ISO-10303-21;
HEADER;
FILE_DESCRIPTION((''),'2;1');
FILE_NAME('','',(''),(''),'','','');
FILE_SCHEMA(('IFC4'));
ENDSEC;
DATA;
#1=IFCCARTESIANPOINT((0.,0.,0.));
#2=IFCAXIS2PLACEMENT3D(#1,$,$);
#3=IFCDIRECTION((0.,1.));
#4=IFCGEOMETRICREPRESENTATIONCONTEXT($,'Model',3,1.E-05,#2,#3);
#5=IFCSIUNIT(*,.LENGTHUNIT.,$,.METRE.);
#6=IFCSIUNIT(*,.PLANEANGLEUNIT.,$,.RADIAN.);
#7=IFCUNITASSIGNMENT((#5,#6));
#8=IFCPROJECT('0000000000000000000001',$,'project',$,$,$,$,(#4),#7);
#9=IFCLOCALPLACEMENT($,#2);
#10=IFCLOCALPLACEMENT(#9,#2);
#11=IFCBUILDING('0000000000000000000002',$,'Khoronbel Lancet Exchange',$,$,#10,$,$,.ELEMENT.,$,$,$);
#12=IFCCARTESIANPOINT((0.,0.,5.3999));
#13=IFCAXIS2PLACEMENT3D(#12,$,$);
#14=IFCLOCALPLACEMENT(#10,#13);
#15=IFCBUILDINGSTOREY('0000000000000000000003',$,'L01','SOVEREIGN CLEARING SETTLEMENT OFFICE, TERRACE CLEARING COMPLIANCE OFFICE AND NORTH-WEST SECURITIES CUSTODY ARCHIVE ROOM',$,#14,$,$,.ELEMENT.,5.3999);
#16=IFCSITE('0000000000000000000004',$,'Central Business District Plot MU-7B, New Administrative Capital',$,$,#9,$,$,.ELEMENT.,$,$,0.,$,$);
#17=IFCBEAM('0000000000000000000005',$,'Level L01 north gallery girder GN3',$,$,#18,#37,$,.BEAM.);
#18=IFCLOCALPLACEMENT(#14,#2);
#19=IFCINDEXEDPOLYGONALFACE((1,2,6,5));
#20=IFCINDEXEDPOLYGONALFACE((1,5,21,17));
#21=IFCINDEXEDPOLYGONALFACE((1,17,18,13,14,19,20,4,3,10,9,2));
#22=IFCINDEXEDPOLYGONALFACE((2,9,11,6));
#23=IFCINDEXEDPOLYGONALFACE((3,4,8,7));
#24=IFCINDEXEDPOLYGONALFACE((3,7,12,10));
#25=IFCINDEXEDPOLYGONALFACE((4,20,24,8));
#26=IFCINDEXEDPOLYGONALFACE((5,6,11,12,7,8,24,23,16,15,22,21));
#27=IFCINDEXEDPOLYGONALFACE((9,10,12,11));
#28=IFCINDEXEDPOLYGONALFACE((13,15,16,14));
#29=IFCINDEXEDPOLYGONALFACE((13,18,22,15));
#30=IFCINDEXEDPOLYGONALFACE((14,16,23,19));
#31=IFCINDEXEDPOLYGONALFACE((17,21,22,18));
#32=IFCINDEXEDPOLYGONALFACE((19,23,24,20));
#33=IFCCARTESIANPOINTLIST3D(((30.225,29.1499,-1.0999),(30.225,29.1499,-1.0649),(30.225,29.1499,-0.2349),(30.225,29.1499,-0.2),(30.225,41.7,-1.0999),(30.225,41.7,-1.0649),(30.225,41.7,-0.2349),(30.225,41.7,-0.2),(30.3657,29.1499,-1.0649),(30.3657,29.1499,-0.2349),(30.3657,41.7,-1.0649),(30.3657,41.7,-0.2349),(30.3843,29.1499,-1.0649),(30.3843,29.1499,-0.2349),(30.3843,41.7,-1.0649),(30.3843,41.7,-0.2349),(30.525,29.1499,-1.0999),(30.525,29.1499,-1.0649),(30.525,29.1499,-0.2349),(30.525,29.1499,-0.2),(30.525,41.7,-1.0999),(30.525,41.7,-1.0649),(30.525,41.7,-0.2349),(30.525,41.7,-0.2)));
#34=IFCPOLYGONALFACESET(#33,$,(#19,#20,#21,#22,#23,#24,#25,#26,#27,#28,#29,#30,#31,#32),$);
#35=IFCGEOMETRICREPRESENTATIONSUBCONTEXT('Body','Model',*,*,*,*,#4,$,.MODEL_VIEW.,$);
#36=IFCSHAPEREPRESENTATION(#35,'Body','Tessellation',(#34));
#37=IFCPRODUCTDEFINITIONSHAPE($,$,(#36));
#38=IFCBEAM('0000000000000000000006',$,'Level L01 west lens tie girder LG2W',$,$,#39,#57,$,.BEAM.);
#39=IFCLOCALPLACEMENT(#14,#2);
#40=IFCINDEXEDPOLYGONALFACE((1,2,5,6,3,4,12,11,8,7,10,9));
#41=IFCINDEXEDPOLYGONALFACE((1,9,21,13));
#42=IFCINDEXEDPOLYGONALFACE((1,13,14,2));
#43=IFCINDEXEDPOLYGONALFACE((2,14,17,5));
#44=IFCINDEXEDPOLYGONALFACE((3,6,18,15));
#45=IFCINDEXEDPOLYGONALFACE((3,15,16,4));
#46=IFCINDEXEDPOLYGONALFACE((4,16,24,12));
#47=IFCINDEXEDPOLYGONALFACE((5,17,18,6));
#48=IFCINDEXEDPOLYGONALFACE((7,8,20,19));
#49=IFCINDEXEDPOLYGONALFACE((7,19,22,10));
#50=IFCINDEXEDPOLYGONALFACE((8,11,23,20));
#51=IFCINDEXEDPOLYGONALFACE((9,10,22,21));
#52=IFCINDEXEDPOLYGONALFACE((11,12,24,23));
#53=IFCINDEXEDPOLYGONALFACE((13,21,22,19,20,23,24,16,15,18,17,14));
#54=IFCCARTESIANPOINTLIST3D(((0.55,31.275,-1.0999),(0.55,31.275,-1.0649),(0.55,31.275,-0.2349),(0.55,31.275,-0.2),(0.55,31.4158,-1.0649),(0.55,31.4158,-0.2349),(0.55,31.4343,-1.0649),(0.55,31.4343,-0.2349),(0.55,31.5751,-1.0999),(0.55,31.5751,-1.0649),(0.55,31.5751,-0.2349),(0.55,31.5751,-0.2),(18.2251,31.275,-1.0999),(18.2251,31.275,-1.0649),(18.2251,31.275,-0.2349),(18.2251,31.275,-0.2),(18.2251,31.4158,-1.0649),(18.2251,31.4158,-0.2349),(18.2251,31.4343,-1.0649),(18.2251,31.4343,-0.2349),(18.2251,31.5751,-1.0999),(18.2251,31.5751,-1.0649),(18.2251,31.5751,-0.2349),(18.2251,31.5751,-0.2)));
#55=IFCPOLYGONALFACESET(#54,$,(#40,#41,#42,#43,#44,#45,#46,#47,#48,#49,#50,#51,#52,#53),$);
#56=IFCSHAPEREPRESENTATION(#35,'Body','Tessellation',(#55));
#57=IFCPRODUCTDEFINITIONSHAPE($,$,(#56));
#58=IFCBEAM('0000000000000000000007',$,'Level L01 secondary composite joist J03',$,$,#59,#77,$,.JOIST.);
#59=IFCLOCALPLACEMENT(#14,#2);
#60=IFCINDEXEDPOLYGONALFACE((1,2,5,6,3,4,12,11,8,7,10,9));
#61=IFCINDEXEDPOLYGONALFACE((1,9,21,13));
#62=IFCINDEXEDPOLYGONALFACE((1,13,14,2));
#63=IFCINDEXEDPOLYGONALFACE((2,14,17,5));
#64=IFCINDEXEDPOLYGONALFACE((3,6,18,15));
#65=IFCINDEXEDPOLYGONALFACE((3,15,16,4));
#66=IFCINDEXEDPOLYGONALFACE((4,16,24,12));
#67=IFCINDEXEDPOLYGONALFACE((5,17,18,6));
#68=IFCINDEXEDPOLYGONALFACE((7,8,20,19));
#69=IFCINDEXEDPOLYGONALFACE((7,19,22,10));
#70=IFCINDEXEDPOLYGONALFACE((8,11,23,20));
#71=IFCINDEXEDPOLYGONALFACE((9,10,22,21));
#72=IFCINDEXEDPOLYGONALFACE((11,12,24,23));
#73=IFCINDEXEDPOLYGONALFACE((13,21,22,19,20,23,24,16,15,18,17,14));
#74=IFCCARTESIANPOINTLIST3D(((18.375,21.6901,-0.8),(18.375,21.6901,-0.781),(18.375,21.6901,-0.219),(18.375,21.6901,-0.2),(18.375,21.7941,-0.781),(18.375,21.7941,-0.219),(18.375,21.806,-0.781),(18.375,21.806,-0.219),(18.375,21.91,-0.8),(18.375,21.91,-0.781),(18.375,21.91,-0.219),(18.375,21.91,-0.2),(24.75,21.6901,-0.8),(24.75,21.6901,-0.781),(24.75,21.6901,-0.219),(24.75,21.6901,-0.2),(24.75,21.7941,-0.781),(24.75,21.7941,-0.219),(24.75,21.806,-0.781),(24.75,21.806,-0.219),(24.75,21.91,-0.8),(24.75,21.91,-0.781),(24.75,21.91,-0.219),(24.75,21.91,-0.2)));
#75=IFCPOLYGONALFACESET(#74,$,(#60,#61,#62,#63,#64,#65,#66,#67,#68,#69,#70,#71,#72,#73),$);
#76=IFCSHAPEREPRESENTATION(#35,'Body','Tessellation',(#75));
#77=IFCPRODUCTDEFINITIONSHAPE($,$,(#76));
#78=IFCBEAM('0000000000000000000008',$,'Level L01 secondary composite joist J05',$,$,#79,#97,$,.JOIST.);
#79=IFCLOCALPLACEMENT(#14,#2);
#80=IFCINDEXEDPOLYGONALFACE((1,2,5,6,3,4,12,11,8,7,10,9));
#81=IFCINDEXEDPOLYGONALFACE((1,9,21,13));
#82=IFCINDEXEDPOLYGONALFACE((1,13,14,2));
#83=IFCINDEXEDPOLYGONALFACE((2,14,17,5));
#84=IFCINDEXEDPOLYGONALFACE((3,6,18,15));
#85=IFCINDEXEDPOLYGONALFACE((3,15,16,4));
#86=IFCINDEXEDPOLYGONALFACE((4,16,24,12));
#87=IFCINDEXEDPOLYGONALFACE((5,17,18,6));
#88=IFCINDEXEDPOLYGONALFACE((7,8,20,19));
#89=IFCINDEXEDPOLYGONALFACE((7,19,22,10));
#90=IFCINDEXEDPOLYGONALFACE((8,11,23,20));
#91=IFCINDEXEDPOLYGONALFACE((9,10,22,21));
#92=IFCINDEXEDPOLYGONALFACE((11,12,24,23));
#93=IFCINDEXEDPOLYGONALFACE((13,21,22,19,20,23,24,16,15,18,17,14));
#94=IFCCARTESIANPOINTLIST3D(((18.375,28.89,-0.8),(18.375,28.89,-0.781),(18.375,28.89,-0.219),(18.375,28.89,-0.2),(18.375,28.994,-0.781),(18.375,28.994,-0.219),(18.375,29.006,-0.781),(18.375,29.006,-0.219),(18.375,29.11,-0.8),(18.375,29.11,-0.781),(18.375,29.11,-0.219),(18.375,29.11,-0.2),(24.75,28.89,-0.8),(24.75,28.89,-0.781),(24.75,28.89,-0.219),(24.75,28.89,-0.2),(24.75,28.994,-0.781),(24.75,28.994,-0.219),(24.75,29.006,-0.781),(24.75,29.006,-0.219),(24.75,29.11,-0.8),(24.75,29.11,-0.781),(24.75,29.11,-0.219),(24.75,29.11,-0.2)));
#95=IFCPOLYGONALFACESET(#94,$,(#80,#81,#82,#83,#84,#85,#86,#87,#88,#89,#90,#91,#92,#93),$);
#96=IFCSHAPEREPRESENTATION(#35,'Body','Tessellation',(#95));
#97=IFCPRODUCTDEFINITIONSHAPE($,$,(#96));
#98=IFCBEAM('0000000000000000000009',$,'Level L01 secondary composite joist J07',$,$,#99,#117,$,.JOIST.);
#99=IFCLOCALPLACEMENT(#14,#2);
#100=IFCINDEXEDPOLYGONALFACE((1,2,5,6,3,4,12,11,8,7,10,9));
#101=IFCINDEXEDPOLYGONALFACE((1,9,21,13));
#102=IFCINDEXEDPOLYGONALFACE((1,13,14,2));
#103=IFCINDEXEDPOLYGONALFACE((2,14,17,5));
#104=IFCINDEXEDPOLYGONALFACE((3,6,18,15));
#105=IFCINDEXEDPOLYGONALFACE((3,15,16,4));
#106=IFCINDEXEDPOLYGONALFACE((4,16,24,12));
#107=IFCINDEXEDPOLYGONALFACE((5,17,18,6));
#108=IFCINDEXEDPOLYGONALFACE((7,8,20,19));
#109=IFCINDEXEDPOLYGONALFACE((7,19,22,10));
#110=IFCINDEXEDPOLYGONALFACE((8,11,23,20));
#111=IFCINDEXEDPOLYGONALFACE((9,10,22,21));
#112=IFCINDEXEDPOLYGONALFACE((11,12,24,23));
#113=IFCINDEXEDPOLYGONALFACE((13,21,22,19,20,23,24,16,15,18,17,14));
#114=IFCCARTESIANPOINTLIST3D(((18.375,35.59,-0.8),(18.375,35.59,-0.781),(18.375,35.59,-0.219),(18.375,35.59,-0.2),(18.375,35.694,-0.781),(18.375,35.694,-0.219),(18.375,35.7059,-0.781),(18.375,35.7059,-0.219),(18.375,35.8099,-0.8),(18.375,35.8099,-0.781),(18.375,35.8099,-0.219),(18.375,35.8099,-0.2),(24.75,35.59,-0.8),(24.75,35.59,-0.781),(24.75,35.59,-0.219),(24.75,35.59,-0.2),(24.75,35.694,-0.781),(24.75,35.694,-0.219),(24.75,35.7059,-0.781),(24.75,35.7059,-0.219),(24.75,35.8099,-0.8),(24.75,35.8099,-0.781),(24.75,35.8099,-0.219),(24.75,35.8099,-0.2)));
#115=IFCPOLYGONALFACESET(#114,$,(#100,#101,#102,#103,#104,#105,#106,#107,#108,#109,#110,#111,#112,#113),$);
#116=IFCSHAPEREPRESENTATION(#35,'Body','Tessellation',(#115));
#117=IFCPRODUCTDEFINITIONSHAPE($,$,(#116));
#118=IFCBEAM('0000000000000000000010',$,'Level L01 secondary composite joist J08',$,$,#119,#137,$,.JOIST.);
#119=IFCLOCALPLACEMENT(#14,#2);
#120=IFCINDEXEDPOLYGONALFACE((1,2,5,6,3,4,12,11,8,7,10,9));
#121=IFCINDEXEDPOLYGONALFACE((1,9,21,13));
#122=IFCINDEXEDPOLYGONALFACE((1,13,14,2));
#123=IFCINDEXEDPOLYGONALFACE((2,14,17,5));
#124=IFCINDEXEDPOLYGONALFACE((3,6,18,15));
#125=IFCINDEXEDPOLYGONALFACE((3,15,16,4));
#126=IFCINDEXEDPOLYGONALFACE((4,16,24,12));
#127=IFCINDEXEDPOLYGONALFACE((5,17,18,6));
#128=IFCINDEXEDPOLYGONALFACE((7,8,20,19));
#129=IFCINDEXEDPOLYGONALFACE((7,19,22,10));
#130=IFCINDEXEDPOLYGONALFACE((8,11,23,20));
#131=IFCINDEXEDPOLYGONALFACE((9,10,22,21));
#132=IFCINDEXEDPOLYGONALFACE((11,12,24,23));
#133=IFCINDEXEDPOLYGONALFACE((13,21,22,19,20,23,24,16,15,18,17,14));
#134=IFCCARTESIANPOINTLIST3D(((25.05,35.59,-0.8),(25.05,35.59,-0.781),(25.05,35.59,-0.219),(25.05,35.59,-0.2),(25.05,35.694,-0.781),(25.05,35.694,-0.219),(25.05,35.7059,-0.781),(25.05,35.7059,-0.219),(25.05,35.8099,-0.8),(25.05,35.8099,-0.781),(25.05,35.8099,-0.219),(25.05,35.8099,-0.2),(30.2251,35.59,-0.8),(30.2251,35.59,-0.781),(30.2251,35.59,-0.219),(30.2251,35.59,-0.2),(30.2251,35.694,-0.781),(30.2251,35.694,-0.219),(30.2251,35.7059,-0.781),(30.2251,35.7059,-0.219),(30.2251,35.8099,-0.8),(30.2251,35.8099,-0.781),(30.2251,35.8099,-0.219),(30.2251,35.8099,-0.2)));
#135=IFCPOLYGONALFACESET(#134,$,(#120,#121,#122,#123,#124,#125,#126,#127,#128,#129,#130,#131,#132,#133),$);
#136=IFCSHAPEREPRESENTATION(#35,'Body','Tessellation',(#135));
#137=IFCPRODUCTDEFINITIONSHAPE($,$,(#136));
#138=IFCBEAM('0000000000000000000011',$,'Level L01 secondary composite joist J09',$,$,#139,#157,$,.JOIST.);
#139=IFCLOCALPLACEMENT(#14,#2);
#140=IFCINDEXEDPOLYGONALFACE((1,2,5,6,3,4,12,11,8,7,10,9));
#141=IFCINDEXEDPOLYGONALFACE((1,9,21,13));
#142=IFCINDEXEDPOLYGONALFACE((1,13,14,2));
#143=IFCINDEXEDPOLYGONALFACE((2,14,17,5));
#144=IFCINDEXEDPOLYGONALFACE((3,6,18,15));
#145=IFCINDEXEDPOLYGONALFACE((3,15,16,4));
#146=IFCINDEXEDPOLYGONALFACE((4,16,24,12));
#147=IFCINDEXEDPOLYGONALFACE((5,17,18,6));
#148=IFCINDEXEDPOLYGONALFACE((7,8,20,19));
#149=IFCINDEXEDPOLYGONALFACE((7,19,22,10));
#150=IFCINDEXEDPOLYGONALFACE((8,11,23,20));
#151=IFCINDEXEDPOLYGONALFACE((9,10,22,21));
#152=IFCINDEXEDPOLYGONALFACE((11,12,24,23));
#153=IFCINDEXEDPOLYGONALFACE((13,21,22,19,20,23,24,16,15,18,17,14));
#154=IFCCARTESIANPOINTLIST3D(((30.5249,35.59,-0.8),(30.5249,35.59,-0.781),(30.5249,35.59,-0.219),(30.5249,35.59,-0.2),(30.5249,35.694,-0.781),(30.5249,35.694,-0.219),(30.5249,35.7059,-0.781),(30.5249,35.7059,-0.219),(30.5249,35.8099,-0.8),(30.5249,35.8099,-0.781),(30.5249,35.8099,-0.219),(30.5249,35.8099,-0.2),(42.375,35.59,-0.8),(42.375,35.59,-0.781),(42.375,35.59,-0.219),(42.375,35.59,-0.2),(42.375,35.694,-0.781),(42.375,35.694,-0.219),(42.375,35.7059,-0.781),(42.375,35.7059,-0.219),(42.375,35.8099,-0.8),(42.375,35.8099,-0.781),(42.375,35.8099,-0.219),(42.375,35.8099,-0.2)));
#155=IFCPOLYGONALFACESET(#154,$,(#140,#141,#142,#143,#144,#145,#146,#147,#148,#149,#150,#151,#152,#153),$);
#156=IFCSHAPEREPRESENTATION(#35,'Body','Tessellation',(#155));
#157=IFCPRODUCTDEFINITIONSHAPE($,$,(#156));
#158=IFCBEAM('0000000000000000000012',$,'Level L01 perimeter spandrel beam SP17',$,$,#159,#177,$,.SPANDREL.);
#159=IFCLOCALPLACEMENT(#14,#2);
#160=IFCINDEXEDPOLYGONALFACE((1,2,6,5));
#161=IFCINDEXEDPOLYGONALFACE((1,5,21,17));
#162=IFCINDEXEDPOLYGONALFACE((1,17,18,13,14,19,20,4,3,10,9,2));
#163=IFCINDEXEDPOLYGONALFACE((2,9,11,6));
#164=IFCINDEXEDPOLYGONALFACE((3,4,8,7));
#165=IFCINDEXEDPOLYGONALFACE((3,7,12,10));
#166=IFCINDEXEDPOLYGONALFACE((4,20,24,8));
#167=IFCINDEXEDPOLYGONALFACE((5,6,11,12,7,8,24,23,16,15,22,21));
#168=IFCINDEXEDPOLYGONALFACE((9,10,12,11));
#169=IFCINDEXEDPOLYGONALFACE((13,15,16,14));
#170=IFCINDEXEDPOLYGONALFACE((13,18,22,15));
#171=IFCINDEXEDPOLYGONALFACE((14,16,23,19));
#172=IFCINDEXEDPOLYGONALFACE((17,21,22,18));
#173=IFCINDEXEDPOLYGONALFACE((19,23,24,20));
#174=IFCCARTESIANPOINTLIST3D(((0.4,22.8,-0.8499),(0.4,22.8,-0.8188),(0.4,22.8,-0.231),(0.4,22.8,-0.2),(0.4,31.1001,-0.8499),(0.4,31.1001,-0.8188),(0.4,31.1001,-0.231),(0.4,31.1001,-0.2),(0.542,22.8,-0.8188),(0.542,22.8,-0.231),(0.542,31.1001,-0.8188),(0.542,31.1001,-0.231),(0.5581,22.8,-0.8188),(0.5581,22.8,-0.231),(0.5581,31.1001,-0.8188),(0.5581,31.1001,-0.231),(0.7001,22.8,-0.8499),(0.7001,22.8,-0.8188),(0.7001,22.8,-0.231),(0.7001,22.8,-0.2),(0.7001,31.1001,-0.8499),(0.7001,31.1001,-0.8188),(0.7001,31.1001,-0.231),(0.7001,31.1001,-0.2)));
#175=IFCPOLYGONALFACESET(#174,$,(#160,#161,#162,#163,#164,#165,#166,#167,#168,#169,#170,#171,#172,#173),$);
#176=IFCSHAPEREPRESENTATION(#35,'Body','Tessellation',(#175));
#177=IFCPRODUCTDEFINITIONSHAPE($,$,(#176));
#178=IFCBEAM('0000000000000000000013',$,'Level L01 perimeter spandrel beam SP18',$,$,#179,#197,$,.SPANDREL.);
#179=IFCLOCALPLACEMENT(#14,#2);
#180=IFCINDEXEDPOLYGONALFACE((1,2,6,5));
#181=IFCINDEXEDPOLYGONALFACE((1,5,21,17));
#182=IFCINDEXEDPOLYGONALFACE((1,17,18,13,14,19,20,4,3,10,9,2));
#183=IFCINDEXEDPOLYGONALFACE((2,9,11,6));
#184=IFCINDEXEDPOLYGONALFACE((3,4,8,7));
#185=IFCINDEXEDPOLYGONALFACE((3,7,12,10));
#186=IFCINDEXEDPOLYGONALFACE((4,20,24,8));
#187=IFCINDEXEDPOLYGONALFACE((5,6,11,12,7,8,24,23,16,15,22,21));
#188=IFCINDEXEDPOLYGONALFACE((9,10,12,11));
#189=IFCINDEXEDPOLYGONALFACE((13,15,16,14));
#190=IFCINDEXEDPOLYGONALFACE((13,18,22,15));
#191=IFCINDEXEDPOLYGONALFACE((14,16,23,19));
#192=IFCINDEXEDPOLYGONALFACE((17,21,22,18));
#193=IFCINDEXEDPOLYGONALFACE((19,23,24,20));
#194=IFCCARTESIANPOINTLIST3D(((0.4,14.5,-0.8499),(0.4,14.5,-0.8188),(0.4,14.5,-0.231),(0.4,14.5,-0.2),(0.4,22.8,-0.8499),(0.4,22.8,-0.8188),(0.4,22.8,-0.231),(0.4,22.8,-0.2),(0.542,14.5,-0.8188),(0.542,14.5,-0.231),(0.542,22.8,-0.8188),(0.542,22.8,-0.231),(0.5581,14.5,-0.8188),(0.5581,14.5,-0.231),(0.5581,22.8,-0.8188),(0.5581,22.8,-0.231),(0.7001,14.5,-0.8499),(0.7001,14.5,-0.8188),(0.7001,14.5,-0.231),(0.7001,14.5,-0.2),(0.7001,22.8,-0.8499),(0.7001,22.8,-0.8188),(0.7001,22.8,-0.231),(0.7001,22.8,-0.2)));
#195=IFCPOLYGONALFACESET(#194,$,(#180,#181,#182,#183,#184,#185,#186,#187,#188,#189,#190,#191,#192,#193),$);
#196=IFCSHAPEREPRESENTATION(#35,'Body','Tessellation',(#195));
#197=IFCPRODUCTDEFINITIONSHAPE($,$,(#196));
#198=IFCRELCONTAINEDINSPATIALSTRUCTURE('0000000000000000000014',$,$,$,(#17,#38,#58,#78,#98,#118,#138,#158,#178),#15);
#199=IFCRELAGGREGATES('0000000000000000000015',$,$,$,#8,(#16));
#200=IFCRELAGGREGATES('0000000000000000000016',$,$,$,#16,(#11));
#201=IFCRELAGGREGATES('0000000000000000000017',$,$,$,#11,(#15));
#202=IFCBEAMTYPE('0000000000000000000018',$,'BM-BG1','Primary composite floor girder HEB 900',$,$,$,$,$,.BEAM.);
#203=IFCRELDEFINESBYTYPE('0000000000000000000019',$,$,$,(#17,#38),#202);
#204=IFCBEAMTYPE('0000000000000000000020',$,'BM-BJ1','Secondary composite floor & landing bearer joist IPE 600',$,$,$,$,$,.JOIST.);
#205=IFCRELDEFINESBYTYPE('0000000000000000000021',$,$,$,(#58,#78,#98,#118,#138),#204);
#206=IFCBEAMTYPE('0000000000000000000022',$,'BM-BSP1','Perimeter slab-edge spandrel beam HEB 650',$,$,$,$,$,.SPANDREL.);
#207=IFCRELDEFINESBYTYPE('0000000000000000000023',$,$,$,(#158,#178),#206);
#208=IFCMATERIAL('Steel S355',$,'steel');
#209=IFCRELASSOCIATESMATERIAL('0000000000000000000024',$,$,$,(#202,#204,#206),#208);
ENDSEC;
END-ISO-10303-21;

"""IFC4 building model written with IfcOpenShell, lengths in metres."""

from ifc_helpers import new_model, si_unit, direction, frame, origin, origin_2d, place, context, subcontext, project, spatial, i_section, extrude, material, material_profile, profile_set, type_object, element, save


model = new_model("IFC4")

# Units and contexts
model_context = context("Model", 3, precision=1e-05, world=origin(), true_north=direction((0.0, 1.0)))
body_context = subcontext(model_context, "Body", "Model", "MODEL_VIEW")
ifc_project = project(units=[si_unit("LENGTHUNIT", "METRE"), si_unit("PLANEANGLEUNIT", "RADIAN")], contexts=[model_context])

# Site, building, storey
site_placement = place(None, origin())
site = spatial("IfcSite", under=ifc_project, at=site_placement, Name="Central Business District Plot MU-7B, New Administrative Capital", CompositionType="ELEMENT", RefElevation=0.0)
building_placement = place(site_placement, origin())
building = spatial("IfcBuilding", under=site, at=building_placement, Name="Khoronbel Lancet Exchange", CompositionType="ELEMENT")
storey_placement = place(building_placement, frame((0.0, 0.0, 5.3999)))
storey = spatial("IfcBuildingStorey", under=building, at=storey_placement, Name="L01", Description="SOVEREIGN CLEARING SETTLEMENT OFFICE, TERRACE CLEARING COMPLIANCE OFFICE AND NORTH-WEST SECURITIES CUSTODY ARCHIVE ROOM", CompositionType="ELEMENT", Elevation=5.3999)

# Shared definitions
ifc_material_1 = material(Name="Steel S355", Category="steel")

# Beams
ifc_material_profile_1 = material_profile(ifc_material_1, i_section(OverallWidth=0.3, OverallDepth=0.8999, WebThickness=0.0186, FlangeThickness=0.0349, at=origin_2d()), Name="HEB 900")
ifc_profile_set_1 = profile_set([ifc_material_profile_1], Name="Steel S355")
beam_type_1 = type_object("IfcBeamType", Name="BM-BG1", Description="Primary composite floor girder HEB 900", PredefinedType="BEAM", material=ifc_profile_set_1)
beam_1_placement = place(storey_placement, frame((30.375, 29.1499, -0.6499), z_axis=(0.0, 1.0, 0.0), x_axis=(-1.0, 0.0, 0.0)))
element("IfcBeam", 1, at=beam_1_placement, inside=storey, type_object=beam_type_1, Name="Level L01 north gallery girder GN3", PredefinedType="BEAM", context=body_context, shape_type="SweptSolid", body=[
    extrude(i_section(OverallWidth=0.3, OverallDepth=0.8999, WebThickness=0.0186, FlangeThickness=0.0349, at=origin_2d()), origin(), (0.0, 0.0, 1.0), 12.55),
])
beam_2_placement = place(storey_placement, frame((0.55, 31.425, -0.6499), z_axis=(1.0, 0.0, 0.0), x_axis=(0.0, 1.0, 0.0)))
element("IfcBeam", 2, at=beam_2_placement, inside=storey, type_object=beam_type_1, Name="Level L01 west lens tie girder LG2W", PredefinedType="BEAM", context=body_context, shape_type="SweptSolid", body=[
    extrude(i_section(OverallWidth=0.3, OverallDepth=0.8999, WebThickness=0.0186, FlangeThickness=0.0349, at=origin_2d()), origin(), (0.0, 0.0, 1.0), 17.675),
])
ifc_material_profile_2 = material_profile(ifc_material_1, i_section(OverallWidth=0.22, OverallDepth=0.6001, WebThickness=0.012, FlangeThickness=0.019, at=origin_2d()), Name="IPE 600")
ifc_profile_set_2 = profile_set([ifc_material_profile_2], Name="Steel S355")
beam_type_2 = type_object("IfcBeamType", Name="BM-BJ1", Description="Secondary composite floor & landing bearer joist IPE 600", PredefinedType="JOIST", material=ifc_profile_set_2)
for number, where, z_axis, x_axis, name in (
    (3, (18.375, 21.8, -0.5), (1.0, 0.0, 0.0), (0.0, 1.0, 0.0), "Level L01 secondary composite joist J03"),
    (4, (18.375, 29.0, -0.5), (1.0, 0.0, 0.0), (0.0, 1.0, 0.0), "Level L01 secondary composite joist J05"),
    (5, (18.375, 35.7, -0.5), (1.0, 0.0, 0.0), (0.0, 1.0, 0.0), "Level L01 secondary composite joist J07"),
):
    element("IfcBeam", number, at=place(storey_placement, frame(where, z_axis=z_axis, x_axis=x_axis)), inside=storey, type_object=beam_type_2, Name=name, PredefinedType="JOIST", context=body_context, shape_type="SweptSolid", body=[
        extrude(i_section(OverallWidth=0.22, OverallDepth=0.6001, WebThickness=0.012, FlangeThickness=0.019, at=origin_2d()), origin(), (0.0, 0.0, 1.0), 6.375),
    ])
beam_3_placement = place(storey_placement, frame((25.05, 35.7, -0.5), z_axis=(1.0, 0.0, 0.0), x_axis=(0.0, 1.0, 0.0)))
element("IfcBeam", 6, at=beam_3_placement, inside=storey, type_object=beam_type_2, Name="Level L01 secondary composite joist J08", PredefinedType="JOIST", context=body_context, shape_type="SweptSolid", body=[
    extrude(i_section(OverallWidth=0.22, OverallDepth=0.6001, WebThickness=0.012, FlangeThickness=0.019, at=origin_2d()), origin(), (0.0, 0.0, 1.0), 5.175),
])
beam_4_placement = place(storey_placement, frame((30.5249, 35.7, -0.5), z_axis=(1.0, 0.0, 0.0), x_axis=(0.0, 1.0, 0.0)))
element("IfcBeam", 7, at=beam_4_placement, inside=storey, type_object=beam_type_2, Name="Level L01 secondary composite joist J09", PredefinedType="JOIST", context=body_context, shape_type="SweptSolid", body=[
    extrude(i_section(OverallWidth=0.22, OverallDepth=0.6001, WebThickness=0.012, FlangeThickness=0.019, at=origin_2d()), origin(), (0.0, 0.0, 1.0), 11.8501),
])
ifc_material_profile_3 = material_profile(ifc_material_1, i_section(OverallWidth=0.3, OverallDepth=0.6499, WebThickness=0.0161, FlangeThickness=0.031, at=origin_2d()), Name="HEB 650")
ifc_profile_set_3 = profile_set([ifc_material_profile_3], Name="Steel S355")
beam_type_3 = type_object("IfcBeamType", Name="BM-BSP1", Description="Perimeter slab-edge spandrel beam HEB 650", PredefinedType="SPANDREL", material=ifc_profile_set_3)
for number, where, z_axis, x_axis, name in (
    (8, (0.55, 31.1001, -0.5249), (0.0, -1.0, 0.0), (1.0, 0.0, 0.0), "Level L01 perimeter spandrel beam SP17"),
    (9, (0.55, 22.8, -0.5249), (0.0, -1.0, 0.0), (1.0, 0.0, 0.0), "Level L01 perimeter spandrel beam SP18"),
):
    element("IfcBeam", number, at=place(storey_placement, frame(where, z_axis=z_axis, x_axis=x_axis)), inside=storey, type_object=beam_type_3, Name=name, PredefinedType="SPANDREL", context=body_context, shape_type="SweptSolid", body=[
        extrude(i_section(OverallWidth=0.3, OverallDepth=0.6499, WebThickness=0.0161, FlangeThickness=0.031, at=origin_2d()), origin(), (0.0, 0.0, 1.0), 8.3),
    ])

save(model, "model.ifc")
